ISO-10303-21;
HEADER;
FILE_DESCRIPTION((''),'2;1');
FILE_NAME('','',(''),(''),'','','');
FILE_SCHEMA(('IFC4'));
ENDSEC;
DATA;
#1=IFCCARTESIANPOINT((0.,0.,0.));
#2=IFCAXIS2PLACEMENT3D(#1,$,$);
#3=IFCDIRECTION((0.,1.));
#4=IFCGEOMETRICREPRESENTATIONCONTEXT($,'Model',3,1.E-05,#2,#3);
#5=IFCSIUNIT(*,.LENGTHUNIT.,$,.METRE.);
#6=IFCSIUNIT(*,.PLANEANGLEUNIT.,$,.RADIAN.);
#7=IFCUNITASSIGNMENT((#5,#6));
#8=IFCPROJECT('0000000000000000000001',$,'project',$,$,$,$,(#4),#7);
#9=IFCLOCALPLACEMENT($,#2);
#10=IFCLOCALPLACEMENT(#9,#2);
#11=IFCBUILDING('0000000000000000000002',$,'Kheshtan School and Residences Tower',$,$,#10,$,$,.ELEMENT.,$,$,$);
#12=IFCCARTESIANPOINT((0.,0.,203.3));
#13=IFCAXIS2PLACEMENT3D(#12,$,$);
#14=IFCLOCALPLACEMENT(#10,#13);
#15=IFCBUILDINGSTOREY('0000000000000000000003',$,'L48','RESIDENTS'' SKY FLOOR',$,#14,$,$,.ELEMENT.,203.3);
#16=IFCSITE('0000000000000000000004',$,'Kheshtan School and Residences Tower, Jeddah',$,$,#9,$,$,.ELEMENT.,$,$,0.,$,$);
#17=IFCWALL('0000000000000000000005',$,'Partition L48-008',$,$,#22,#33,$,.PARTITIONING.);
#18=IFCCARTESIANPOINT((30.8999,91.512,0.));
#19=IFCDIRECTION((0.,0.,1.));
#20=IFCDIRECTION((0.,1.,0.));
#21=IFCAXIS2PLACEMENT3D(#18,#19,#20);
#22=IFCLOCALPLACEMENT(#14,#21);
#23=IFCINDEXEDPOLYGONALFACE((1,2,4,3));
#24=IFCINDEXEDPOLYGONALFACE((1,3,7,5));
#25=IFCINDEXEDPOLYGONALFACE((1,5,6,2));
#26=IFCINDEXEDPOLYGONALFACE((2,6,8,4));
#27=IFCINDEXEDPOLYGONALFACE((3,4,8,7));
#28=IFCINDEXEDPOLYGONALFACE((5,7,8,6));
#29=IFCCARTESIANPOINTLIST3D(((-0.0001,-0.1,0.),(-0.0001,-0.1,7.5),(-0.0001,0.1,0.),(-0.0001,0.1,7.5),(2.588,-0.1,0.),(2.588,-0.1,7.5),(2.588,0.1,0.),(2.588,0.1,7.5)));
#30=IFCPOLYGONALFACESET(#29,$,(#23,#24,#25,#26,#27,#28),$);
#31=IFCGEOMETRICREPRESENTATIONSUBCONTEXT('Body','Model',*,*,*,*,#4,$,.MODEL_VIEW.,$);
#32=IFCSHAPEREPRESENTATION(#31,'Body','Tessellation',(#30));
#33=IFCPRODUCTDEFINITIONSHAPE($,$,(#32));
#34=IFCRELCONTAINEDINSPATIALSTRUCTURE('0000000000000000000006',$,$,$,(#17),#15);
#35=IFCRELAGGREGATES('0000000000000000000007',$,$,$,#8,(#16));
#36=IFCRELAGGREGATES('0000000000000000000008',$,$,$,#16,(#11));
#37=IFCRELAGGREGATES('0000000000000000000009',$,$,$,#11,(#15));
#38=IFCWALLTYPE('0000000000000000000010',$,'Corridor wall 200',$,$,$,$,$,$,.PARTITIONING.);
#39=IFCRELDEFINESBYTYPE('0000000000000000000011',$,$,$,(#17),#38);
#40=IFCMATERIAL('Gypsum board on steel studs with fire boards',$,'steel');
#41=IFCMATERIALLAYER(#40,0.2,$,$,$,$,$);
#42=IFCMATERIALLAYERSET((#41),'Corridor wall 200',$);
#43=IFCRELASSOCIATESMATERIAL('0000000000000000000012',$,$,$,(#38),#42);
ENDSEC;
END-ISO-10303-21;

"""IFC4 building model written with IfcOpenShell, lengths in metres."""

from ifc_helpers import new_model, si_unit, direction, frame, frame_2d, origin, place, context, subcontext, project, spatial, rectangle, extrude, material, layer, layer_set, type_object, element, save


model = new_model("IFC4")

# Units and contexts
model_context = context("Model", 3, precision=1e-05, world=origin(), true_north=direction((0.0, 1.0)))
body_context = subcontext(model_context, "Body", "Model", "MODEL_VIEW")
ifc_project = project(units=[si_unit("LENGTHUNIT", "METRE"), si_unit("PLANEANGLEUNIT", "RADIAN")], contexts=[model_context])

# Site, building, storey
site_placement = place(None, origin())
site = spatial("IfcSite", under=ifc_project, at=site_placement, Name="Kheshtan School and Residences Tower, Jeddah", CompositionType="ELEMENT", RefElevation=0.0)
building_placement = place(site_placement, origin())
building = spatial("IfcBuilding", under=site, at=building_placement, Name="Kheshtan School and Residences Tower", CompositionType="ELEMENT")
storey_placement = place(building_placement, frame((0.0, 0.0, 203.3)))
storey = spatial("IfcBuildingStorey", under=building, at=storey_placement, Name="L48", Description="RESIDENTS' SKY FLOOR", CompositionType="ELEMENT", Elevation=203.3)

# Wall
ifc_material_1 = material(Name="Gypsum board on steel studs with fire boards", Category="steel")
ifc_layer_1 = layer(ifc_material_1, 0.2)
ifc_layer_set_1 = layer_set([ifc_layer_1], Name="Corridor wall 200")
wall_type_1 = type_object("IfcWallType", Name="Corridor wall 200", PredefinedType="PARTITIONING", material=ifc_layer_set_1)
wall_1_placement = place(storey_placement, frame((30.8999, 91.512, 0.0), z_axis=(0.0, 0.0, 1.0), x_axis=(0.0, 1.0, 0.0)))
element("IfcWall", 1, at=wall_1_placement, inside=storey, type_object=wall_type_1, Name="Partition L48-008", PredefinedType="PARTITIONING", context=body_context, shape_type="SweptSolid", body=[
    extrude(rectangle(XDim=2.5881, YDim=0.2, at=frame_2d((1.2939, 0.0))), origin(), (0.0, 0.0, 1.0), 7.5),
])

save(model, "model.ifc")
